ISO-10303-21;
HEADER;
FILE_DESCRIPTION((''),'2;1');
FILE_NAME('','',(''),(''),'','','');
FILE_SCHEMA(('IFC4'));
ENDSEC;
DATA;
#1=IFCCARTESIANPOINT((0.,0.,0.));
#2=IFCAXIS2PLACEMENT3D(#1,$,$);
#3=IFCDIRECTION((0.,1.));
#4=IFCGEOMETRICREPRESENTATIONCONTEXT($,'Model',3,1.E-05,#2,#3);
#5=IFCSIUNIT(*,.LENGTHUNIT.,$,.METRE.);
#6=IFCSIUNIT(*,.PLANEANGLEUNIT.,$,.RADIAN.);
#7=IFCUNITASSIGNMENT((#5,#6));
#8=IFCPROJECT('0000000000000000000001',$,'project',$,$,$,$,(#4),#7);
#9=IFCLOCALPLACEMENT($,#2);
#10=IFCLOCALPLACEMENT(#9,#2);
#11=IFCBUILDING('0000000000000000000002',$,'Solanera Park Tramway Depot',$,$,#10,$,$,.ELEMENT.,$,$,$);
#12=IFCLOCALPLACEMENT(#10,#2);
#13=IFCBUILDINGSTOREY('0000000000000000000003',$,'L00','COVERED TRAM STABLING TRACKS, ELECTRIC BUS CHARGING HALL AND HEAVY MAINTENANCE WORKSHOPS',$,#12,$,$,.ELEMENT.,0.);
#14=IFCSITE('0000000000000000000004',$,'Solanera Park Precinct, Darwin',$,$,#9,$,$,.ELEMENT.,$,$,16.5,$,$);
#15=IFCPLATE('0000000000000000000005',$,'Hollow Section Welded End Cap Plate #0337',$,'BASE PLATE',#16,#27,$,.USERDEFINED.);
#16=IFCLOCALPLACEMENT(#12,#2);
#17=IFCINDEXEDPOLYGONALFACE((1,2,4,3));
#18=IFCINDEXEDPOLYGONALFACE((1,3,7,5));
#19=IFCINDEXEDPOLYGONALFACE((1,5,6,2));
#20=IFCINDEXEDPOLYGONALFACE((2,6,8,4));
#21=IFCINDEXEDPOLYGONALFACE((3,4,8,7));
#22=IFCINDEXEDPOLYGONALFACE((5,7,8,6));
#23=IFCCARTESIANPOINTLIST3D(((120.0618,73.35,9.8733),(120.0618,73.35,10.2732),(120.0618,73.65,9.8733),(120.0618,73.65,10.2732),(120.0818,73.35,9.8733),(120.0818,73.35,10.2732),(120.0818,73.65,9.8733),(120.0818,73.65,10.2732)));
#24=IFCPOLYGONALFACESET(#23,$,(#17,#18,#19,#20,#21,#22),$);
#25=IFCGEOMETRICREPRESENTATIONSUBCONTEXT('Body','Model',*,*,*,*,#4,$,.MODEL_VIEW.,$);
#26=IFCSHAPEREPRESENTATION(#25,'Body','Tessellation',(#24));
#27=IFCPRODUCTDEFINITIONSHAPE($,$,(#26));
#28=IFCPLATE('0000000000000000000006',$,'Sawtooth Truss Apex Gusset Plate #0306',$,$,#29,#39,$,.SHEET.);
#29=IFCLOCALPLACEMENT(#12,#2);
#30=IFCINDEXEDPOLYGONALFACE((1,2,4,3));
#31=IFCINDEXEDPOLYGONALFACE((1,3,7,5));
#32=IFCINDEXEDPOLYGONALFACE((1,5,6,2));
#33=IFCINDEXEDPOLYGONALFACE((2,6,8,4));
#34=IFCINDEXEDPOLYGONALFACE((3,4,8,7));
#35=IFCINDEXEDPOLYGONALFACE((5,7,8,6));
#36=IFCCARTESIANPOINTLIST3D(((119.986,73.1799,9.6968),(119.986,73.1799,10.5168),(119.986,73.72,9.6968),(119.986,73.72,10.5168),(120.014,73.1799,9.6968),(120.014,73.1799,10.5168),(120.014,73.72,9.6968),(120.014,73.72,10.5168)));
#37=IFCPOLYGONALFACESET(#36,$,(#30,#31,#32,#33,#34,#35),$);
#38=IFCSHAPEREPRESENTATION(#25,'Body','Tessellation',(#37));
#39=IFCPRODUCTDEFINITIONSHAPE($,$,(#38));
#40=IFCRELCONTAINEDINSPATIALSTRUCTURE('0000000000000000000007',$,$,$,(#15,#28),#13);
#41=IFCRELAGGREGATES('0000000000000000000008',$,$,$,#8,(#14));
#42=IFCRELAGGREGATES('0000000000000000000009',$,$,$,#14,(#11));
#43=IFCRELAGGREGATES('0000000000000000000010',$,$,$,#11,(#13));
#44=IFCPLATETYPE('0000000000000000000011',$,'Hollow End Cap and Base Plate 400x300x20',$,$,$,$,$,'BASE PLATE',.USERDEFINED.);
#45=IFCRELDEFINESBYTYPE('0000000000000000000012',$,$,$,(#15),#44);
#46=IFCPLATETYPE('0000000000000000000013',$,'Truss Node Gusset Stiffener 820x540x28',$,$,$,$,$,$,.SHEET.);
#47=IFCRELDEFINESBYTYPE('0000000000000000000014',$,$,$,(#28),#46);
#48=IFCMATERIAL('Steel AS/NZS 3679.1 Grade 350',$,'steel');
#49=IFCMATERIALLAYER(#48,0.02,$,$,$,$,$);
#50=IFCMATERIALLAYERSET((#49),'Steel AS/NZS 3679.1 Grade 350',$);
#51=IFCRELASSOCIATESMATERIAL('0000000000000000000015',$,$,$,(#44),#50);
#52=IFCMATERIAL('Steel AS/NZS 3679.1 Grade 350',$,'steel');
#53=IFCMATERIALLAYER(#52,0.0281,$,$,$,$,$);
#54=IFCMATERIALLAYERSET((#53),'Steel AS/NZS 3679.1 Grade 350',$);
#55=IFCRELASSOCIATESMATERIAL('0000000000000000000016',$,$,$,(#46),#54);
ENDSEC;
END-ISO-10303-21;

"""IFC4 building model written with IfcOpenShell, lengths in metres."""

from ifc_helpers import new_model, si_unit, direction, frame, origin, origin_2d, place, context, subcontext, project, spatial, rectangle, extrude, material, layer, layer_set, type_object, element, save


model = new_model("IFC4")

# Units and contexts
model_context = context("Model", 3, precision=1e-05, world=origin(), true_north=direction((0.0, 1.0)))
body_context = subcontext(model_context, "Body", "Model", "MODEL_VIEW")
ifc_project = project(units=[si_unit("LENGTHUNIT", "METRE"), si_unit("PLANEANGLEUNIT", "RADIAN")], contexts=[model_context])

# Site, building, storey
site_placement = place(None, origin())
site = spatial("IfcSite", under=ifc_project, at=site_placement, Name="Solanera Park Precinct, Darwin", CompositionType="ELEMENT", RefElevation=16.5)
building_placement = place(site_placement, origin())
building = spatial("IfcBuilding", under=site, at=building_placement, Name="Solanera Park Tramway Depot", CompositionType="ELEMENT")
storey_placement = place(building_placement, origin())
storey = spatial("IfcBuildingStorey", under=building, at=storey_placement, Name="L00", Description="COVERED TRAM STABLING TRACKS, ELECTRIC BUS CHARGING HALL AND HEAVY MAINTENANCE WORKSHOPS", CompositionType="ELEMENT", Elevation=0.0)

# Plates
ifc_material_1 = material(Name="Steel AS/NZS 3679.1 Grade 350", Category="steel")
ifc_layer_1 = layer(ifc_material_1, 0.02)
ifc_layer_set_1 = layer_set([ifc_layer_1], Name="Steel AS/NZS 3679.1 Grade 350")
plate_type_1 = type_object("IfcPlateType", Name="Hollow End Cap and Base Plate 400x300x20", ElementType="BASE PLATE", PredefinedType="USERDEFINED", material=ifc_layer_set_1)
plate_1_placement = place(storey_placement, frame((120.0718, 73.5, 9.8733), z_axis=(0.0, 0.0, 1.0), x_axis=(1.0, 0.0, 0.0)))
element("IfcPlate", 1, at=plate_1_placement, inside=storey, type_object=plate_type_1, Name="Hollow Section Welded End Cap Plate #0337", ObjectType="BASE PLATE", PredefinedType="USERDEFINED", context=body_context, shape_type="SweptSolid", body=[
    extrude(rectangle(XDim=0.02, YDim=0.3, at=origin_2d()), origin(), (0.0, 0.0, 1.0), 0.3999),
])
ifc_material_2 = material(Name="Steel AS/NZS 3679.1 Grade 350", Category="steel")
ifc_layer_2 = layer(ifc_material_2, 0.0281)
ifc_layer_set_2 = layer_set([ifc_layer_2], Name="Steel AS/NZS 3679.1 Grade 350")
plate_type_2 = type_object("IfcPlateType", Name="Truss Node Gusset Stiffener 820x540x28", PredefinedType="SHEET", material=ifc_layer_set_2)
plate_2_placement = place(storey_placement, frame((120.0, 73.45, 9.6968), z_axis=(0.0, 0.0, 1.0), x_axis=(1.0, 0.0, 0.0)))
element("IfcPlate", 2, at=plate_2_placement, inside=storey, type_object=plate_type_2, Name="Sawtooth Truss Apex Gusset Plate #0306", PredefinedType="SHEET", context=body_context, shape_type="SweptSolid", body=[
    extrude(rectangle(XDim=0.0281, YDim=0.54, at=origin_2d()), origin(), (0.0, 0.0, 1.0), 0.8201),
])

save(model, "model.ifc")
